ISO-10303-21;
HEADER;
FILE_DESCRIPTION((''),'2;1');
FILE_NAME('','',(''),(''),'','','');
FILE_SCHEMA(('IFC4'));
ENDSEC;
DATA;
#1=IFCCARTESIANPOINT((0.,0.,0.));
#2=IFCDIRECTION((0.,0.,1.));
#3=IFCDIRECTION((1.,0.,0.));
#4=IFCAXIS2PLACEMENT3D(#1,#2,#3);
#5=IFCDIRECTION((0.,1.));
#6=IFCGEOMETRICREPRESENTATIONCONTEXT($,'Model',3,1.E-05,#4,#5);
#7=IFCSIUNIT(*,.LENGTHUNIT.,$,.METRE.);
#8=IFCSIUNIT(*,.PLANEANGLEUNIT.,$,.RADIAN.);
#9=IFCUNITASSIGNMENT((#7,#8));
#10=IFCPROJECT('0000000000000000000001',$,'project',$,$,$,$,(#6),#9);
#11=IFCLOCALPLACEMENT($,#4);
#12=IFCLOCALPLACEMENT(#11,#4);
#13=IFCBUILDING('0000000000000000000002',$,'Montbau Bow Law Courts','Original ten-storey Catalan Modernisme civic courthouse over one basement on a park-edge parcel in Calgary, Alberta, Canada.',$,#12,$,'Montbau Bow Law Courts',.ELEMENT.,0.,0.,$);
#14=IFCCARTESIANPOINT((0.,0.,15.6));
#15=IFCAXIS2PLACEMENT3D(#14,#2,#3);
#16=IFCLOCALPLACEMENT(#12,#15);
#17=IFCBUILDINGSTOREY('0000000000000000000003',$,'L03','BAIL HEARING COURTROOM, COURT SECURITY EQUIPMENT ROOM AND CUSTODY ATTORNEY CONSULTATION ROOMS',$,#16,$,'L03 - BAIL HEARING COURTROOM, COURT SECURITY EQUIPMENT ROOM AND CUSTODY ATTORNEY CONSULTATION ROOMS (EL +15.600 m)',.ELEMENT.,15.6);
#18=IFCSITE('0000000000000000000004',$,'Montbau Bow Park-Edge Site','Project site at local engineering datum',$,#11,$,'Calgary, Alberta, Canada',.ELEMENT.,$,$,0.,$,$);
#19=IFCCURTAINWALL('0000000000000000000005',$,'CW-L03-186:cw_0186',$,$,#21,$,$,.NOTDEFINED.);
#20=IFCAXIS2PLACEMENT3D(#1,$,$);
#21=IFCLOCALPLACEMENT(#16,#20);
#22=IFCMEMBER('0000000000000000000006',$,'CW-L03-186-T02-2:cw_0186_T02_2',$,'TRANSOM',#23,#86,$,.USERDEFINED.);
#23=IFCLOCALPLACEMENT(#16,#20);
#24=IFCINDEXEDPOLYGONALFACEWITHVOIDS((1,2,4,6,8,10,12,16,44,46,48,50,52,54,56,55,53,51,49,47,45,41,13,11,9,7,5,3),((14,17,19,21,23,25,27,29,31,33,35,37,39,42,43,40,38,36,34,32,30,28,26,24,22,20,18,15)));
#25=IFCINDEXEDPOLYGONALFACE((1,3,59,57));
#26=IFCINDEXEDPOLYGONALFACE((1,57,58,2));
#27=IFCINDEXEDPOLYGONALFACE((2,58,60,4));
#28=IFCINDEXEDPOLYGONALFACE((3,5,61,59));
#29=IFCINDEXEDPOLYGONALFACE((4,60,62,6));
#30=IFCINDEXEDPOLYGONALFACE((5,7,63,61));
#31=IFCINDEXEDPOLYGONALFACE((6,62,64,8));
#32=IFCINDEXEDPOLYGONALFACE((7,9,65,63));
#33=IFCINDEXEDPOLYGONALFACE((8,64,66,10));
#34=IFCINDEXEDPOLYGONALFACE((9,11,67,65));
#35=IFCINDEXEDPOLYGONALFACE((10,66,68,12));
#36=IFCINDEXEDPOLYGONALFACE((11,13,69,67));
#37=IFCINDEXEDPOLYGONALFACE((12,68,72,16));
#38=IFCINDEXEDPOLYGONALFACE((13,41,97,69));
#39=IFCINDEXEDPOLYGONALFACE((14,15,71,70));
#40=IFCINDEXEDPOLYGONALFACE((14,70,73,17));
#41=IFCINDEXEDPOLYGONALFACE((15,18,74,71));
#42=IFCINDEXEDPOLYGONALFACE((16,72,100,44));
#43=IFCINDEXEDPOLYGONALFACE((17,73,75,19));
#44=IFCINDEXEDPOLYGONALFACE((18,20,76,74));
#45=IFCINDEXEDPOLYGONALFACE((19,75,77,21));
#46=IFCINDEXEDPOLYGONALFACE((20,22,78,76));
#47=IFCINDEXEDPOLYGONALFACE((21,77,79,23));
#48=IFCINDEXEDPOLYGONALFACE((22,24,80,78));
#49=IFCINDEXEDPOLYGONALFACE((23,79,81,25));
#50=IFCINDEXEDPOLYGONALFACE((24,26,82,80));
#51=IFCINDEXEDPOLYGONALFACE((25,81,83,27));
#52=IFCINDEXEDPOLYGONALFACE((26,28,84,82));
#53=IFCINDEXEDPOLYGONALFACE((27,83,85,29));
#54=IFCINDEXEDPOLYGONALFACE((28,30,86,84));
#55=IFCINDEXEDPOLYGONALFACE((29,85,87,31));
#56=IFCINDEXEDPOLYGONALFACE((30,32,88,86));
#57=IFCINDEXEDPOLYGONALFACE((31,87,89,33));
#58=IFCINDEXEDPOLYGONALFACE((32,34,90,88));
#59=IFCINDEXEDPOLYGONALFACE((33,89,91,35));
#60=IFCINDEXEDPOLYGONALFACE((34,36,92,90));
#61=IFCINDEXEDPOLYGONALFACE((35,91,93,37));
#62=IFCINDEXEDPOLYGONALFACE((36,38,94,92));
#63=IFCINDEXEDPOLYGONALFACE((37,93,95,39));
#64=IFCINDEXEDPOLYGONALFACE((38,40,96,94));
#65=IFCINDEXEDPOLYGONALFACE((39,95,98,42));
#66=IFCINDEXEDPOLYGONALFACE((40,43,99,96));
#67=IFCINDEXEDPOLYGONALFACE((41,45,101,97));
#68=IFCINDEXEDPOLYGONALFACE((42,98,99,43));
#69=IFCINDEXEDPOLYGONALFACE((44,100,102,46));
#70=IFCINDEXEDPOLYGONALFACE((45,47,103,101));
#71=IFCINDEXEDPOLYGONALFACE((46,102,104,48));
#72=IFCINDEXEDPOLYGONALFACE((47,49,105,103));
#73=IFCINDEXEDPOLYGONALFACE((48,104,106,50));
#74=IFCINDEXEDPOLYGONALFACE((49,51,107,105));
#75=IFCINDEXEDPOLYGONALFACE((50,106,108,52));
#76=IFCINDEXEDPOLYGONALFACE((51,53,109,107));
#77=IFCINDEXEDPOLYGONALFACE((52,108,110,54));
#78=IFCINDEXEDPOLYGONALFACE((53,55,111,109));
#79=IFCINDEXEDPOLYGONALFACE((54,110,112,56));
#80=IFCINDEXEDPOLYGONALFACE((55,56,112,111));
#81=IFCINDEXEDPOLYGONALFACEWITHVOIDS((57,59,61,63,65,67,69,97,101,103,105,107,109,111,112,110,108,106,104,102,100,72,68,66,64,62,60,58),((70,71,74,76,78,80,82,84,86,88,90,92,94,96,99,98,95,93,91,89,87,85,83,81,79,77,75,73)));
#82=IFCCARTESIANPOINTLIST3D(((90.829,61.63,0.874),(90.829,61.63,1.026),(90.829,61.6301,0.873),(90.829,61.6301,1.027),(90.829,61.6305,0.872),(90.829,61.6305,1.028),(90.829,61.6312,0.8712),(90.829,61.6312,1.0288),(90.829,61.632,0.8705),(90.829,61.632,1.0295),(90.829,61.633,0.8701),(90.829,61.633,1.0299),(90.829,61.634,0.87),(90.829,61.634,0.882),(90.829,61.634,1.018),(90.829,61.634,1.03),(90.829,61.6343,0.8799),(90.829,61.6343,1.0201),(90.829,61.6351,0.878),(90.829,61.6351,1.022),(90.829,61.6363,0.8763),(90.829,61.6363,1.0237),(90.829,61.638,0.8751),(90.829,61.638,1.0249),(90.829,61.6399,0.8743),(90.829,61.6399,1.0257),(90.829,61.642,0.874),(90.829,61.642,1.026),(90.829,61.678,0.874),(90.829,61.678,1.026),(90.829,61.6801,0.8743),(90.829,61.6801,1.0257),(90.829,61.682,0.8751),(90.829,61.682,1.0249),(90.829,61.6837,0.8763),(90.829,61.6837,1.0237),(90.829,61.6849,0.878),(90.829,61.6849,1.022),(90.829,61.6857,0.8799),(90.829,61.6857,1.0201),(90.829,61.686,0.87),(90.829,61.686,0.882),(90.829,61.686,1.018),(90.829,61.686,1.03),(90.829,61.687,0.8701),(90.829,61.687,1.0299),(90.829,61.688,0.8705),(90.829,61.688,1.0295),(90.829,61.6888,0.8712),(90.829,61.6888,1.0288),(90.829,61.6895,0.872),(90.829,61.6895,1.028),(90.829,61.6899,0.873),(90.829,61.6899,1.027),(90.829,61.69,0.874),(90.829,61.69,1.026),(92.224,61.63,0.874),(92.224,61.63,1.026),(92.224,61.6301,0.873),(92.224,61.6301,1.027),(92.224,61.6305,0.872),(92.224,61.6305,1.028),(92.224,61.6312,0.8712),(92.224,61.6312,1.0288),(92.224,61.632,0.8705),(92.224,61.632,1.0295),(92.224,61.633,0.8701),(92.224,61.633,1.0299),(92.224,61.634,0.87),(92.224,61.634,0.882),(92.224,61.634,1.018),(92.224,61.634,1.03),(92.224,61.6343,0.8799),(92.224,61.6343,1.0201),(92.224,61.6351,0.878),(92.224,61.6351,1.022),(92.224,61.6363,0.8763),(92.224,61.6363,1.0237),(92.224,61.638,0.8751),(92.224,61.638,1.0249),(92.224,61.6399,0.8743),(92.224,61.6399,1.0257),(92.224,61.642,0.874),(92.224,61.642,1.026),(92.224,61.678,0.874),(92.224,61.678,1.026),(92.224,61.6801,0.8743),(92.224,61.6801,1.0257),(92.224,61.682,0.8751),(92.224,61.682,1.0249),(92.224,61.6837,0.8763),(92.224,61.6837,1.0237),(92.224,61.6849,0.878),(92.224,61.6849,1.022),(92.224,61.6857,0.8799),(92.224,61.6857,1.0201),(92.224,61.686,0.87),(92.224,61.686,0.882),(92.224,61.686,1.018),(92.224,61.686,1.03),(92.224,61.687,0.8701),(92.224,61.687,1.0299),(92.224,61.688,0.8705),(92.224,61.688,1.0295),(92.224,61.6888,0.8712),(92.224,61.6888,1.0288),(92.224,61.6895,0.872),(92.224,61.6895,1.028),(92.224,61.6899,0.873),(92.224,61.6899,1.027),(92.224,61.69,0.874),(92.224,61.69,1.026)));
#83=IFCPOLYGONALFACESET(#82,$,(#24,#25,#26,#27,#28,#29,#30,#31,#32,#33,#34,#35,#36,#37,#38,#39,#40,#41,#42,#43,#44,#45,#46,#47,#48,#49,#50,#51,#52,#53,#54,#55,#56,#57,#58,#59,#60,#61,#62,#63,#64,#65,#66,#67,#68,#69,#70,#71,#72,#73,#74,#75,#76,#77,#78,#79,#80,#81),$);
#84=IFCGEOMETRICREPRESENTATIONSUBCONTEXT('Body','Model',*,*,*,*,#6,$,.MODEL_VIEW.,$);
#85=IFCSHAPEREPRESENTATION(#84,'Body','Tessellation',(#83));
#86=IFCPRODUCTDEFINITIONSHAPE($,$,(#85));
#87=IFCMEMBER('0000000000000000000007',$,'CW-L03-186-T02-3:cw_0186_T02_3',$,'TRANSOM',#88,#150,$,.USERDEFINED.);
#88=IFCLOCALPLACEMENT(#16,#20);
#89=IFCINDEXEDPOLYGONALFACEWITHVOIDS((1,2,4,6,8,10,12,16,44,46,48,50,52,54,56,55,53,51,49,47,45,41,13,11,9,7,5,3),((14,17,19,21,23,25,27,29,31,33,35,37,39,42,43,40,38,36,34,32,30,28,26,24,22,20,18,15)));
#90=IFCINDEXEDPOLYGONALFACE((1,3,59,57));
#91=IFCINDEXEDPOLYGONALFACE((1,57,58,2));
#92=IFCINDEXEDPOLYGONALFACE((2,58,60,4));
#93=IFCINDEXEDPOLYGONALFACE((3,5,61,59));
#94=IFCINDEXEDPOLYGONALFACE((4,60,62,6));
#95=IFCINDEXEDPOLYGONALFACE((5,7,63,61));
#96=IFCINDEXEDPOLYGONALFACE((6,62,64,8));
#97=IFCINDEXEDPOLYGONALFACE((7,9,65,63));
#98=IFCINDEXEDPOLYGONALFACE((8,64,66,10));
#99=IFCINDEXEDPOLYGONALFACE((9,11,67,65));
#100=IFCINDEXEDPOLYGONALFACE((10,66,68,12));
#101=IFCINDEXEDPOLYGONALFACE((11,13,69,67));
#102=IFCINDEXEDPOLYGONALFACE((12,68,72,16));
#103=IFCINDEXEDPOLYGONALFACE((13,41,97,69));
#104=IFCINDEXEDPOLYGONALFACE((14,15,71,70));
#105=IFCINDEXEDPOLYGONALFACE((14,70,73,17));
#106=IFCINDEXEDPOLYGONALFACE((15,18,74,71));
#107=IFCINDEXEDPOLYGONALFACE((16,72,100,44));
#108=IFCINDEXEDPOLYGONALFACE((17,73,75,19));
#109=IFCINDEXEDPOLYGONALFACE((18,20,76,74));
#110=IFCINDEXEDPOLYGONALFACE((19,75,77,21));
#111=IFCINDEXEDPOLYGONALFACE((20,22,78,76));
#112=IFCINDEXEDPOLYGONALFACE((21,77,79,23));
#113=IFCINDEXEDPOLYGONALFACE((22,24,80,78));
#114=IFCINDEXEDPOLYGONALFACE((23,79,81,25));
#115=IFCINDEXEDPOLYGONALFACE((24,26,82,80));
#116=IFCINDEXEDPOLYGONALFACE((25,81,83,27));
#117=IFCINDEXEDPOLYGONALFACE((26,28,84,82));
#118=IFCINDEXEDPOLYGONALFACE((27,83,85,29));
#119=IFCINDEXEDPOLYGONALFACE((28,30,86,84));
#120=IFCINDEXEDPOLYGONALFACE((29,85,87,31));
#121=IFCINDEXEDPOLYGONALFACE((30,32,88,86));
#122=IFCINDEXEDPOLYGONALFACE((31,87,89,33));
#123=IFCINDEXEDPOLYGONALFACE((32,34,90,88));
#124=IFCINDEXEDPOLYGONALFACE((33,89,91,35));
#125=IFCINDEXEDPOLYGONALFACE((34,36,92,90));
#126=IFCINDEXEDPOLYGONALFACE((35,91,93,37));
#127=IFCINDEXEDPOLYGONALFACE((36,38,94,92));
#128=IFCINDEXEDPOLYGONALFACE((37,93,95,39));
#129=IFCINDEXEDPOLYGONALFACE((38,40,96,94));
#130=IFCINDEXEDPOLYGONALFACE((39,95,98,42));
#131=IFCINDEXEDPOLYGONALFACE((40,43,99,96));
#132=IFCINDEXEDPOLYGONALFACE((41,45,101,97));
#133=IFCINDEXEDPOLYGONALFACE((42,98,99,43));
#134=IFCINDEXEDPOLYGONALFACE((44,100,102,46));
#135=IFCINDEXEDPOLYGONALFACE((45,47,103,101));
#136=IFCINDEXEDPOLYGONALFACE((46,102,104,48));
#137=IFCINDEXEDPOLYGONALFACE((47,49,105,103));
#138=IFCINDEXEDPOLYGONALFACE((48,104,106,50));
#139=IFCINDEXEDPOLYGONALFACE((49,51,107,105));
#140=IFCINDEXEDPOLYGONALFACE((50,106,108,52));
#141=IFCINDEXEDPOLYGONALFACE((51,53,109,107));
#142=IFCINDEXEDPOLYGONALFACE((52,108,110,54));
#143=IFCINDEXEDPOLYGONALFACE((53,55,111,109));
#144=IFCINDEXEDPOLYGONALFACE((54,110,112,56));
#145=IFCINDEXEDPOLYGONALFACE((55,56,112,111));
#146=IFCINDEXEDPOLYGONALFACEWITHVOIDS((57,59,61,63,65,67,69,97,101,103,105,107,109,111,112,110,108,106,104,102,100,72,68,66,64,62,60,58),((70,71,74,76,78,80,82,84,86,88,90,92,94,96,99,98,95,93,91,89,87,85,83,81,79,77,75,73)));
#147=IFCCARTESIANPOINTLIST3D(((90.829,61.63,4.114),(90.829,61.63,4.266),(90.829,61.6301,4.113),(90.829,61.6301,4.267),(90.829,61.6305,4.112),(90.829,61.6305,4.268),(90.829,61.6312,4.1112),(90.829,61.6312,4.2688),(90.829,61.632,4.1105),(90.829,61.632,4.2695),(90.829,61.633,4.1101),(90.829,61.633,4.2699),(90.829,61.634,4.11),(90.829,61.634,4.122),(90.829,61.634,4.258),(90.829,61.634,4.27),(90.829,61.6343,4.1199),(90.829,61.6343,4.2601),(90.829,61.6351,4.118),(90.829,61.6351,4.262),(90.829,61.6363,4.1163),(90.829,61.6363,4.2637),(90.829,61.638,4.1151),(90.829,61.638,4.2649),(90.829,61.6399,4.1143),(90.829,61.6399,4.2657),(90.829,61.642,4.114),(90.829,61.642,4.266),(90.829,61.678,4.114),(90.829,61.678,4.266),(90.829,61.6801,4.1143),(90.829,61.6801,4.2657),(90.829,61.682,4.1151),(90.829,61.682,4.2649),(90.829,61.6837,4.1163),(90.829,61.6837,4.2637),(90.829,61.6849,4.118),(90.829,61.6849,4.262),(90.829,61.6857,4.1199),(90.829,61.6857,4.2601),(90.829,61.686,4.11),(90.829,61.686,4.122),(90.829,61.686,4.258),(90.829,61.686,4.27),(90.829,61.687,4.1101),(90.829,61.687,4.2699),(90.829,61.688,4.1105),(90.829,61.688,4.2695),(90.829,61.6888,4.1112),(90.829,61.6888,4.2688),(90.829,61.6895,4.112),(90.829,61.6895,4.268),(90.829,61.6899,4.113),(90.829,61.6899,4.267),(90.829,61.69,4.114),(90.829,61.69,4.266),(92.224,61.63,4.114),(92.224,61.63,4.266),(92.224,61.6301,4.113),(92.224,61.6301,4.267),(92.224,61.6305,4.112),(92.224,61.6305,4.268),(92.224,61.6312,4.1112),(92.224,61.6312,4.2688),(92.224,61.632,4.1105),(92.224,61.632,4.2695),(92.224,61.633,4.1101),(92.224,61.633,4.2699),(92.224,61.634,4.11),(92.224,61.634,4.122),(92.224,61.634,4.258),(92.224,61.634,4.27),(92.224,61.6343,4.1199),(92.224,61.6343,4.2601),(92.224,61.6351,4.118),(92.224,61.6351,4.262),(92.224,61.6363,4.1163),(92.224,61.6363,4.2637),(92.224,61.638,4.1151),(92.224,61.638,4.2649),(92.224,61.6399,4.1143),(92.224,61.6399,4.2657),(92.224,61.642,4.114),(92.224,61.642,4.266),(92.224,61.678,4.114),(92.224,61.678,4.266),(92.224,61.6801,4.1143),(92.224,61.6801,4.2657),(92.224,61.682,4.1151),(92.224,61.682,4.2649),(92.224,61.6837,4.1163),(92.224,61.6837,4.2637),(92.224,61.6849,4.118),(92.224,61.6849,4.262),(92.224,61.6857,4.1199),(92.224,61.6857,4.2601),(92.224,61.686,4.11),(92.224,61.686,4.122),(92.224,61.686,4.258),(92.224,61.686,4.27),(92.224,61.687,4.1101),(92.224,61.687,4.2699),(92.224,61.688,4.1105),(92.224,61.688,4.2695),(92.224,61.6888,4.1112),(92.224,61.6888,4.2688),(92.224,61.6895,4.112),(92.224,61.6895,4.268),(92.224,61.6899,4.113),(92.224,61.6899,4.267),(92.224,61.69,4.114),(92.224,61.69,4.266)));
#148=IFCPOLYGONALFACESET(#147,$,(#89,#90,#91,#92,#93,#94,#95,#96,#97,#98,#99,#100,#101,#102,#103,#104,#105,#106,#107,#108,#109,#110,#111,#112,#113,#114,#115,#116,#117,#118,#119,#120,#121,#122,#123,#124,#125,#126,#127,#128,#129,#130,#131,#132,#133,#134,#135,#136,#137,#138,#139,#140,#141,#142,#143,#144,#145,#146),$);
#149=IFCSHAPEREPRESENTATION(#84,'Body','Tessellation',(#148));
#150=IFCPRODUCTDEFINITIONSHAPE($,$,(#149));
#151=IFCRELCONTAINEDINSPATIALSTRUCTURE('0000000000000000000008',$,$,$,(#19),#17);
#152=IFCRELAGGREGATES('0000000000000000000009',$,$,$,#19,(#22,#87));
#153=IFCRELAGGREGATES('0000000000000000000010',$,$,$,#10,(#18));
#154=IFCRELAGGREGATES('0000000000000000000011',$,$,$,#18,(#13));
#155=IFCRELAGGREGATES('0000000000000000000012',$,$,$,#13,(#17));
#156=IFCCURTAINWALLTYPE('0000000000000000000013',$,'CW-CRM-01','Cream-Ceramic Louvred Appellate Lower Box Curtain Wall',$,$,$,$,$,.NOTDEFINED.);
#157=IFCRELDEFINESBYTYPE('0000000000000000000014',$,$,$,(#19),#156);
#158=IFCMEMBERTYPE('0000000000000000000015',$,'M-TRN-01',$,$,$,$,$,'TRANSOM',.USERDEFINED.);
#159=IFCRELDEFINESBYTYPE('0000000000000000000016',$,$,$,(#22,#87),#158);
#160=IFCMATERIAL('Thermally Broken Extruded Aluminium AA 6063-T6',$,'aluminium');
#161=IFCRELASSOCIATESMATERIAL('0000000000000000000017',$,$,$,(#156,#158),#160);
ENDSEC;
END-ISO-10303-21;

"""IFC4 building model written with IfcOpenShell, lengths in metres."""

from ifc_helpers import new_model, si_unit, direction, frame, origin_with_axes, origin_2d_with_axis, place, context, subcontext, project, spatial, hollow_rectangle, extrude, material, material_profile, profile_set, type_object, element, aggregate, save


model = new_model("IFC4")

# Units and contexts
model_context = context("Model", 3, precision=1e-05, world=origin_with_axes(), true_north=direction((0.0, 1.0)))
body_context = subcontext(model_context, "Body", "Model", "MODEL_VIEW")
ifc_project = project(units=[si_unit("LENGTHUNIT", "METRE"), si_unit("PLANEANGLEUNIT", "RADIAN")], contexts=[model_context])

# Site, building, storey
site_placement = place(None, origin_with_axes())
site = spatial("IfcSite", under=ifc_project, at=site_placement, Name="Montbau Bow Park-Edge Site", Description="Project site at local engineering datum", LongName="Calgary, Alberta, Canada", CompositionType="ELEMENT", RefElevation=0.0)
building_placement = place(site_placement, origin_with_axes())
building = spatial("IfcBuilding", under=site, at=building_placement, Name="Montbau Bow Law Courts", Description="Original ten-storey Catalan Modernisme civic courthouse over one basement on a park-edge parcel in Calgary, Alberta, Canada.", LongName="Montbau Bow Law Courts", CompositionType="ELEMENT", ElevationOfRefHeight=0.0, ElevationOfTerrain=0.0)
storey_placement = place(building_placement, frame((0.0, 0.0, 15.6), z_axis=(0.0, 0.0, 1.0), x_axis=(1.0, 0.0, 0.0)))
storey = spatial("IfcBuildingStorey", under=building, at=storey_placement, Name="L03", Description="BAIL HEARING COURTROOM, COURT SECURITY EQUIPMENT ROOM AND CUSTODY ATTORNEY CONSULTATION ROOMS", LongName="L03 - BAIL HEARING COURTROOM, COURT SECURITY EQUIPMENT ROOM AND CUSTODY ATTORNEY CONSULTATION ROOMS (EL +15.600 m)", CompositionType="ELEMENT", Elevation=15.6)

# Curtain wall, members
ifc_material_1 = material(Name="Thermally Broken Extruded Aluminium AA 6063-T6", Category="aluminium")
curtain_wall_type = type_object("IfcCurtainWallType", Name="CW-CRM-01", Description="Cream-Ceramic Louvred Appellate Lower Box Curtain Wall", PredefinedType="NOTDEFINED", material=ifc_material_1)
curtain_wall_placement = place(None, frame((89.315, 61.66, 15.6), z_axis=(0.0, 0.0, 1.0), x_axis=(1.0, 0.0, 0.0)))
curtain_wall = element("IfcCurtainWall", 1, at=curtain_wall_placement, inside=storey, type_object=curtain_wall_type, Name="CW-L03-186:cw_0186", PredefinedType="NOTDEFINED")
ifc_material_profile_1 = material_profile(ifc_material_1, hollow_rectangle(XDim=0.06, YDim=0.16, WallThickness=0.004, InnerFilletRadius=0.008, OuterFilletRadius=0.004, at=origin_2d_with_axis()), Name="CWT-160X60", Category="Main", Priority=0)
ifc_profile_set_1 = profile_set([ifc_material_profile_1], Name="Thermally Broken Extruded Aluminium AA 6063-T6")
member_type_1 = type_object("IfcMemberType", Name="M-TRN-01", ElementType="TRANSOM", PredefinedType="USERDEFINED", material=ifc_profile_set_1)
member_1_placement = place(None, frame((90.829, 61.66, 16.55), z_axis=(1.0, 0.0, 0.0), x_axis=(0.0, 1.0, 0.0)))
member_1 = element("IfcMember", 2, at=member_1_placement, type_object=member_type_1, Name="CW-L03-186-T02-2:cw_0186_T02_2", ObjectType="TRANSOM", PredefinedType="USERDEFINED", context=body_context, shape_type="SweptSolid", body=[
    extrude(hollow_rectangle(XDim=0.06, YDim=0.16, WallThickness=0.004, InnerFilletRadius=0.008, OuterFilletRadius=0.004, at=origin_2d_with_axis()), origin_with_axes(), (0.0, 0.0, 1.0), 1.395),
])
member_2_placement = place(None, frame((90.829, 61.66, 19.79), z_axis=(1.0, 0.0, 0.0), x_axis=(0.0, 1.0, 0.0)))
member_2 = element("IfcMember", 3, at=member_2_placement, type_object=member_type_1, Name="CW-L03-186-T02-3:cw_0186_T02_3", ObjectType="TRANSOM", PredefinedType="USERDEFINED", context=body_context, shape_type="SweptSolid", body=[
    extrude(hollow_rectangle(XDim=0.06, YDim=0.16, WallThickness=0.004, InnerFilletRadius=0.008, OuterFilletRadius=0.004, at=origin_2d_with_axis()), origin_with_axes(), (0.0, 0.0, 1.0), 1.395),
])
aggregate(curtain_wall, [member_1, member_2])

save(model, "model.ifc")
